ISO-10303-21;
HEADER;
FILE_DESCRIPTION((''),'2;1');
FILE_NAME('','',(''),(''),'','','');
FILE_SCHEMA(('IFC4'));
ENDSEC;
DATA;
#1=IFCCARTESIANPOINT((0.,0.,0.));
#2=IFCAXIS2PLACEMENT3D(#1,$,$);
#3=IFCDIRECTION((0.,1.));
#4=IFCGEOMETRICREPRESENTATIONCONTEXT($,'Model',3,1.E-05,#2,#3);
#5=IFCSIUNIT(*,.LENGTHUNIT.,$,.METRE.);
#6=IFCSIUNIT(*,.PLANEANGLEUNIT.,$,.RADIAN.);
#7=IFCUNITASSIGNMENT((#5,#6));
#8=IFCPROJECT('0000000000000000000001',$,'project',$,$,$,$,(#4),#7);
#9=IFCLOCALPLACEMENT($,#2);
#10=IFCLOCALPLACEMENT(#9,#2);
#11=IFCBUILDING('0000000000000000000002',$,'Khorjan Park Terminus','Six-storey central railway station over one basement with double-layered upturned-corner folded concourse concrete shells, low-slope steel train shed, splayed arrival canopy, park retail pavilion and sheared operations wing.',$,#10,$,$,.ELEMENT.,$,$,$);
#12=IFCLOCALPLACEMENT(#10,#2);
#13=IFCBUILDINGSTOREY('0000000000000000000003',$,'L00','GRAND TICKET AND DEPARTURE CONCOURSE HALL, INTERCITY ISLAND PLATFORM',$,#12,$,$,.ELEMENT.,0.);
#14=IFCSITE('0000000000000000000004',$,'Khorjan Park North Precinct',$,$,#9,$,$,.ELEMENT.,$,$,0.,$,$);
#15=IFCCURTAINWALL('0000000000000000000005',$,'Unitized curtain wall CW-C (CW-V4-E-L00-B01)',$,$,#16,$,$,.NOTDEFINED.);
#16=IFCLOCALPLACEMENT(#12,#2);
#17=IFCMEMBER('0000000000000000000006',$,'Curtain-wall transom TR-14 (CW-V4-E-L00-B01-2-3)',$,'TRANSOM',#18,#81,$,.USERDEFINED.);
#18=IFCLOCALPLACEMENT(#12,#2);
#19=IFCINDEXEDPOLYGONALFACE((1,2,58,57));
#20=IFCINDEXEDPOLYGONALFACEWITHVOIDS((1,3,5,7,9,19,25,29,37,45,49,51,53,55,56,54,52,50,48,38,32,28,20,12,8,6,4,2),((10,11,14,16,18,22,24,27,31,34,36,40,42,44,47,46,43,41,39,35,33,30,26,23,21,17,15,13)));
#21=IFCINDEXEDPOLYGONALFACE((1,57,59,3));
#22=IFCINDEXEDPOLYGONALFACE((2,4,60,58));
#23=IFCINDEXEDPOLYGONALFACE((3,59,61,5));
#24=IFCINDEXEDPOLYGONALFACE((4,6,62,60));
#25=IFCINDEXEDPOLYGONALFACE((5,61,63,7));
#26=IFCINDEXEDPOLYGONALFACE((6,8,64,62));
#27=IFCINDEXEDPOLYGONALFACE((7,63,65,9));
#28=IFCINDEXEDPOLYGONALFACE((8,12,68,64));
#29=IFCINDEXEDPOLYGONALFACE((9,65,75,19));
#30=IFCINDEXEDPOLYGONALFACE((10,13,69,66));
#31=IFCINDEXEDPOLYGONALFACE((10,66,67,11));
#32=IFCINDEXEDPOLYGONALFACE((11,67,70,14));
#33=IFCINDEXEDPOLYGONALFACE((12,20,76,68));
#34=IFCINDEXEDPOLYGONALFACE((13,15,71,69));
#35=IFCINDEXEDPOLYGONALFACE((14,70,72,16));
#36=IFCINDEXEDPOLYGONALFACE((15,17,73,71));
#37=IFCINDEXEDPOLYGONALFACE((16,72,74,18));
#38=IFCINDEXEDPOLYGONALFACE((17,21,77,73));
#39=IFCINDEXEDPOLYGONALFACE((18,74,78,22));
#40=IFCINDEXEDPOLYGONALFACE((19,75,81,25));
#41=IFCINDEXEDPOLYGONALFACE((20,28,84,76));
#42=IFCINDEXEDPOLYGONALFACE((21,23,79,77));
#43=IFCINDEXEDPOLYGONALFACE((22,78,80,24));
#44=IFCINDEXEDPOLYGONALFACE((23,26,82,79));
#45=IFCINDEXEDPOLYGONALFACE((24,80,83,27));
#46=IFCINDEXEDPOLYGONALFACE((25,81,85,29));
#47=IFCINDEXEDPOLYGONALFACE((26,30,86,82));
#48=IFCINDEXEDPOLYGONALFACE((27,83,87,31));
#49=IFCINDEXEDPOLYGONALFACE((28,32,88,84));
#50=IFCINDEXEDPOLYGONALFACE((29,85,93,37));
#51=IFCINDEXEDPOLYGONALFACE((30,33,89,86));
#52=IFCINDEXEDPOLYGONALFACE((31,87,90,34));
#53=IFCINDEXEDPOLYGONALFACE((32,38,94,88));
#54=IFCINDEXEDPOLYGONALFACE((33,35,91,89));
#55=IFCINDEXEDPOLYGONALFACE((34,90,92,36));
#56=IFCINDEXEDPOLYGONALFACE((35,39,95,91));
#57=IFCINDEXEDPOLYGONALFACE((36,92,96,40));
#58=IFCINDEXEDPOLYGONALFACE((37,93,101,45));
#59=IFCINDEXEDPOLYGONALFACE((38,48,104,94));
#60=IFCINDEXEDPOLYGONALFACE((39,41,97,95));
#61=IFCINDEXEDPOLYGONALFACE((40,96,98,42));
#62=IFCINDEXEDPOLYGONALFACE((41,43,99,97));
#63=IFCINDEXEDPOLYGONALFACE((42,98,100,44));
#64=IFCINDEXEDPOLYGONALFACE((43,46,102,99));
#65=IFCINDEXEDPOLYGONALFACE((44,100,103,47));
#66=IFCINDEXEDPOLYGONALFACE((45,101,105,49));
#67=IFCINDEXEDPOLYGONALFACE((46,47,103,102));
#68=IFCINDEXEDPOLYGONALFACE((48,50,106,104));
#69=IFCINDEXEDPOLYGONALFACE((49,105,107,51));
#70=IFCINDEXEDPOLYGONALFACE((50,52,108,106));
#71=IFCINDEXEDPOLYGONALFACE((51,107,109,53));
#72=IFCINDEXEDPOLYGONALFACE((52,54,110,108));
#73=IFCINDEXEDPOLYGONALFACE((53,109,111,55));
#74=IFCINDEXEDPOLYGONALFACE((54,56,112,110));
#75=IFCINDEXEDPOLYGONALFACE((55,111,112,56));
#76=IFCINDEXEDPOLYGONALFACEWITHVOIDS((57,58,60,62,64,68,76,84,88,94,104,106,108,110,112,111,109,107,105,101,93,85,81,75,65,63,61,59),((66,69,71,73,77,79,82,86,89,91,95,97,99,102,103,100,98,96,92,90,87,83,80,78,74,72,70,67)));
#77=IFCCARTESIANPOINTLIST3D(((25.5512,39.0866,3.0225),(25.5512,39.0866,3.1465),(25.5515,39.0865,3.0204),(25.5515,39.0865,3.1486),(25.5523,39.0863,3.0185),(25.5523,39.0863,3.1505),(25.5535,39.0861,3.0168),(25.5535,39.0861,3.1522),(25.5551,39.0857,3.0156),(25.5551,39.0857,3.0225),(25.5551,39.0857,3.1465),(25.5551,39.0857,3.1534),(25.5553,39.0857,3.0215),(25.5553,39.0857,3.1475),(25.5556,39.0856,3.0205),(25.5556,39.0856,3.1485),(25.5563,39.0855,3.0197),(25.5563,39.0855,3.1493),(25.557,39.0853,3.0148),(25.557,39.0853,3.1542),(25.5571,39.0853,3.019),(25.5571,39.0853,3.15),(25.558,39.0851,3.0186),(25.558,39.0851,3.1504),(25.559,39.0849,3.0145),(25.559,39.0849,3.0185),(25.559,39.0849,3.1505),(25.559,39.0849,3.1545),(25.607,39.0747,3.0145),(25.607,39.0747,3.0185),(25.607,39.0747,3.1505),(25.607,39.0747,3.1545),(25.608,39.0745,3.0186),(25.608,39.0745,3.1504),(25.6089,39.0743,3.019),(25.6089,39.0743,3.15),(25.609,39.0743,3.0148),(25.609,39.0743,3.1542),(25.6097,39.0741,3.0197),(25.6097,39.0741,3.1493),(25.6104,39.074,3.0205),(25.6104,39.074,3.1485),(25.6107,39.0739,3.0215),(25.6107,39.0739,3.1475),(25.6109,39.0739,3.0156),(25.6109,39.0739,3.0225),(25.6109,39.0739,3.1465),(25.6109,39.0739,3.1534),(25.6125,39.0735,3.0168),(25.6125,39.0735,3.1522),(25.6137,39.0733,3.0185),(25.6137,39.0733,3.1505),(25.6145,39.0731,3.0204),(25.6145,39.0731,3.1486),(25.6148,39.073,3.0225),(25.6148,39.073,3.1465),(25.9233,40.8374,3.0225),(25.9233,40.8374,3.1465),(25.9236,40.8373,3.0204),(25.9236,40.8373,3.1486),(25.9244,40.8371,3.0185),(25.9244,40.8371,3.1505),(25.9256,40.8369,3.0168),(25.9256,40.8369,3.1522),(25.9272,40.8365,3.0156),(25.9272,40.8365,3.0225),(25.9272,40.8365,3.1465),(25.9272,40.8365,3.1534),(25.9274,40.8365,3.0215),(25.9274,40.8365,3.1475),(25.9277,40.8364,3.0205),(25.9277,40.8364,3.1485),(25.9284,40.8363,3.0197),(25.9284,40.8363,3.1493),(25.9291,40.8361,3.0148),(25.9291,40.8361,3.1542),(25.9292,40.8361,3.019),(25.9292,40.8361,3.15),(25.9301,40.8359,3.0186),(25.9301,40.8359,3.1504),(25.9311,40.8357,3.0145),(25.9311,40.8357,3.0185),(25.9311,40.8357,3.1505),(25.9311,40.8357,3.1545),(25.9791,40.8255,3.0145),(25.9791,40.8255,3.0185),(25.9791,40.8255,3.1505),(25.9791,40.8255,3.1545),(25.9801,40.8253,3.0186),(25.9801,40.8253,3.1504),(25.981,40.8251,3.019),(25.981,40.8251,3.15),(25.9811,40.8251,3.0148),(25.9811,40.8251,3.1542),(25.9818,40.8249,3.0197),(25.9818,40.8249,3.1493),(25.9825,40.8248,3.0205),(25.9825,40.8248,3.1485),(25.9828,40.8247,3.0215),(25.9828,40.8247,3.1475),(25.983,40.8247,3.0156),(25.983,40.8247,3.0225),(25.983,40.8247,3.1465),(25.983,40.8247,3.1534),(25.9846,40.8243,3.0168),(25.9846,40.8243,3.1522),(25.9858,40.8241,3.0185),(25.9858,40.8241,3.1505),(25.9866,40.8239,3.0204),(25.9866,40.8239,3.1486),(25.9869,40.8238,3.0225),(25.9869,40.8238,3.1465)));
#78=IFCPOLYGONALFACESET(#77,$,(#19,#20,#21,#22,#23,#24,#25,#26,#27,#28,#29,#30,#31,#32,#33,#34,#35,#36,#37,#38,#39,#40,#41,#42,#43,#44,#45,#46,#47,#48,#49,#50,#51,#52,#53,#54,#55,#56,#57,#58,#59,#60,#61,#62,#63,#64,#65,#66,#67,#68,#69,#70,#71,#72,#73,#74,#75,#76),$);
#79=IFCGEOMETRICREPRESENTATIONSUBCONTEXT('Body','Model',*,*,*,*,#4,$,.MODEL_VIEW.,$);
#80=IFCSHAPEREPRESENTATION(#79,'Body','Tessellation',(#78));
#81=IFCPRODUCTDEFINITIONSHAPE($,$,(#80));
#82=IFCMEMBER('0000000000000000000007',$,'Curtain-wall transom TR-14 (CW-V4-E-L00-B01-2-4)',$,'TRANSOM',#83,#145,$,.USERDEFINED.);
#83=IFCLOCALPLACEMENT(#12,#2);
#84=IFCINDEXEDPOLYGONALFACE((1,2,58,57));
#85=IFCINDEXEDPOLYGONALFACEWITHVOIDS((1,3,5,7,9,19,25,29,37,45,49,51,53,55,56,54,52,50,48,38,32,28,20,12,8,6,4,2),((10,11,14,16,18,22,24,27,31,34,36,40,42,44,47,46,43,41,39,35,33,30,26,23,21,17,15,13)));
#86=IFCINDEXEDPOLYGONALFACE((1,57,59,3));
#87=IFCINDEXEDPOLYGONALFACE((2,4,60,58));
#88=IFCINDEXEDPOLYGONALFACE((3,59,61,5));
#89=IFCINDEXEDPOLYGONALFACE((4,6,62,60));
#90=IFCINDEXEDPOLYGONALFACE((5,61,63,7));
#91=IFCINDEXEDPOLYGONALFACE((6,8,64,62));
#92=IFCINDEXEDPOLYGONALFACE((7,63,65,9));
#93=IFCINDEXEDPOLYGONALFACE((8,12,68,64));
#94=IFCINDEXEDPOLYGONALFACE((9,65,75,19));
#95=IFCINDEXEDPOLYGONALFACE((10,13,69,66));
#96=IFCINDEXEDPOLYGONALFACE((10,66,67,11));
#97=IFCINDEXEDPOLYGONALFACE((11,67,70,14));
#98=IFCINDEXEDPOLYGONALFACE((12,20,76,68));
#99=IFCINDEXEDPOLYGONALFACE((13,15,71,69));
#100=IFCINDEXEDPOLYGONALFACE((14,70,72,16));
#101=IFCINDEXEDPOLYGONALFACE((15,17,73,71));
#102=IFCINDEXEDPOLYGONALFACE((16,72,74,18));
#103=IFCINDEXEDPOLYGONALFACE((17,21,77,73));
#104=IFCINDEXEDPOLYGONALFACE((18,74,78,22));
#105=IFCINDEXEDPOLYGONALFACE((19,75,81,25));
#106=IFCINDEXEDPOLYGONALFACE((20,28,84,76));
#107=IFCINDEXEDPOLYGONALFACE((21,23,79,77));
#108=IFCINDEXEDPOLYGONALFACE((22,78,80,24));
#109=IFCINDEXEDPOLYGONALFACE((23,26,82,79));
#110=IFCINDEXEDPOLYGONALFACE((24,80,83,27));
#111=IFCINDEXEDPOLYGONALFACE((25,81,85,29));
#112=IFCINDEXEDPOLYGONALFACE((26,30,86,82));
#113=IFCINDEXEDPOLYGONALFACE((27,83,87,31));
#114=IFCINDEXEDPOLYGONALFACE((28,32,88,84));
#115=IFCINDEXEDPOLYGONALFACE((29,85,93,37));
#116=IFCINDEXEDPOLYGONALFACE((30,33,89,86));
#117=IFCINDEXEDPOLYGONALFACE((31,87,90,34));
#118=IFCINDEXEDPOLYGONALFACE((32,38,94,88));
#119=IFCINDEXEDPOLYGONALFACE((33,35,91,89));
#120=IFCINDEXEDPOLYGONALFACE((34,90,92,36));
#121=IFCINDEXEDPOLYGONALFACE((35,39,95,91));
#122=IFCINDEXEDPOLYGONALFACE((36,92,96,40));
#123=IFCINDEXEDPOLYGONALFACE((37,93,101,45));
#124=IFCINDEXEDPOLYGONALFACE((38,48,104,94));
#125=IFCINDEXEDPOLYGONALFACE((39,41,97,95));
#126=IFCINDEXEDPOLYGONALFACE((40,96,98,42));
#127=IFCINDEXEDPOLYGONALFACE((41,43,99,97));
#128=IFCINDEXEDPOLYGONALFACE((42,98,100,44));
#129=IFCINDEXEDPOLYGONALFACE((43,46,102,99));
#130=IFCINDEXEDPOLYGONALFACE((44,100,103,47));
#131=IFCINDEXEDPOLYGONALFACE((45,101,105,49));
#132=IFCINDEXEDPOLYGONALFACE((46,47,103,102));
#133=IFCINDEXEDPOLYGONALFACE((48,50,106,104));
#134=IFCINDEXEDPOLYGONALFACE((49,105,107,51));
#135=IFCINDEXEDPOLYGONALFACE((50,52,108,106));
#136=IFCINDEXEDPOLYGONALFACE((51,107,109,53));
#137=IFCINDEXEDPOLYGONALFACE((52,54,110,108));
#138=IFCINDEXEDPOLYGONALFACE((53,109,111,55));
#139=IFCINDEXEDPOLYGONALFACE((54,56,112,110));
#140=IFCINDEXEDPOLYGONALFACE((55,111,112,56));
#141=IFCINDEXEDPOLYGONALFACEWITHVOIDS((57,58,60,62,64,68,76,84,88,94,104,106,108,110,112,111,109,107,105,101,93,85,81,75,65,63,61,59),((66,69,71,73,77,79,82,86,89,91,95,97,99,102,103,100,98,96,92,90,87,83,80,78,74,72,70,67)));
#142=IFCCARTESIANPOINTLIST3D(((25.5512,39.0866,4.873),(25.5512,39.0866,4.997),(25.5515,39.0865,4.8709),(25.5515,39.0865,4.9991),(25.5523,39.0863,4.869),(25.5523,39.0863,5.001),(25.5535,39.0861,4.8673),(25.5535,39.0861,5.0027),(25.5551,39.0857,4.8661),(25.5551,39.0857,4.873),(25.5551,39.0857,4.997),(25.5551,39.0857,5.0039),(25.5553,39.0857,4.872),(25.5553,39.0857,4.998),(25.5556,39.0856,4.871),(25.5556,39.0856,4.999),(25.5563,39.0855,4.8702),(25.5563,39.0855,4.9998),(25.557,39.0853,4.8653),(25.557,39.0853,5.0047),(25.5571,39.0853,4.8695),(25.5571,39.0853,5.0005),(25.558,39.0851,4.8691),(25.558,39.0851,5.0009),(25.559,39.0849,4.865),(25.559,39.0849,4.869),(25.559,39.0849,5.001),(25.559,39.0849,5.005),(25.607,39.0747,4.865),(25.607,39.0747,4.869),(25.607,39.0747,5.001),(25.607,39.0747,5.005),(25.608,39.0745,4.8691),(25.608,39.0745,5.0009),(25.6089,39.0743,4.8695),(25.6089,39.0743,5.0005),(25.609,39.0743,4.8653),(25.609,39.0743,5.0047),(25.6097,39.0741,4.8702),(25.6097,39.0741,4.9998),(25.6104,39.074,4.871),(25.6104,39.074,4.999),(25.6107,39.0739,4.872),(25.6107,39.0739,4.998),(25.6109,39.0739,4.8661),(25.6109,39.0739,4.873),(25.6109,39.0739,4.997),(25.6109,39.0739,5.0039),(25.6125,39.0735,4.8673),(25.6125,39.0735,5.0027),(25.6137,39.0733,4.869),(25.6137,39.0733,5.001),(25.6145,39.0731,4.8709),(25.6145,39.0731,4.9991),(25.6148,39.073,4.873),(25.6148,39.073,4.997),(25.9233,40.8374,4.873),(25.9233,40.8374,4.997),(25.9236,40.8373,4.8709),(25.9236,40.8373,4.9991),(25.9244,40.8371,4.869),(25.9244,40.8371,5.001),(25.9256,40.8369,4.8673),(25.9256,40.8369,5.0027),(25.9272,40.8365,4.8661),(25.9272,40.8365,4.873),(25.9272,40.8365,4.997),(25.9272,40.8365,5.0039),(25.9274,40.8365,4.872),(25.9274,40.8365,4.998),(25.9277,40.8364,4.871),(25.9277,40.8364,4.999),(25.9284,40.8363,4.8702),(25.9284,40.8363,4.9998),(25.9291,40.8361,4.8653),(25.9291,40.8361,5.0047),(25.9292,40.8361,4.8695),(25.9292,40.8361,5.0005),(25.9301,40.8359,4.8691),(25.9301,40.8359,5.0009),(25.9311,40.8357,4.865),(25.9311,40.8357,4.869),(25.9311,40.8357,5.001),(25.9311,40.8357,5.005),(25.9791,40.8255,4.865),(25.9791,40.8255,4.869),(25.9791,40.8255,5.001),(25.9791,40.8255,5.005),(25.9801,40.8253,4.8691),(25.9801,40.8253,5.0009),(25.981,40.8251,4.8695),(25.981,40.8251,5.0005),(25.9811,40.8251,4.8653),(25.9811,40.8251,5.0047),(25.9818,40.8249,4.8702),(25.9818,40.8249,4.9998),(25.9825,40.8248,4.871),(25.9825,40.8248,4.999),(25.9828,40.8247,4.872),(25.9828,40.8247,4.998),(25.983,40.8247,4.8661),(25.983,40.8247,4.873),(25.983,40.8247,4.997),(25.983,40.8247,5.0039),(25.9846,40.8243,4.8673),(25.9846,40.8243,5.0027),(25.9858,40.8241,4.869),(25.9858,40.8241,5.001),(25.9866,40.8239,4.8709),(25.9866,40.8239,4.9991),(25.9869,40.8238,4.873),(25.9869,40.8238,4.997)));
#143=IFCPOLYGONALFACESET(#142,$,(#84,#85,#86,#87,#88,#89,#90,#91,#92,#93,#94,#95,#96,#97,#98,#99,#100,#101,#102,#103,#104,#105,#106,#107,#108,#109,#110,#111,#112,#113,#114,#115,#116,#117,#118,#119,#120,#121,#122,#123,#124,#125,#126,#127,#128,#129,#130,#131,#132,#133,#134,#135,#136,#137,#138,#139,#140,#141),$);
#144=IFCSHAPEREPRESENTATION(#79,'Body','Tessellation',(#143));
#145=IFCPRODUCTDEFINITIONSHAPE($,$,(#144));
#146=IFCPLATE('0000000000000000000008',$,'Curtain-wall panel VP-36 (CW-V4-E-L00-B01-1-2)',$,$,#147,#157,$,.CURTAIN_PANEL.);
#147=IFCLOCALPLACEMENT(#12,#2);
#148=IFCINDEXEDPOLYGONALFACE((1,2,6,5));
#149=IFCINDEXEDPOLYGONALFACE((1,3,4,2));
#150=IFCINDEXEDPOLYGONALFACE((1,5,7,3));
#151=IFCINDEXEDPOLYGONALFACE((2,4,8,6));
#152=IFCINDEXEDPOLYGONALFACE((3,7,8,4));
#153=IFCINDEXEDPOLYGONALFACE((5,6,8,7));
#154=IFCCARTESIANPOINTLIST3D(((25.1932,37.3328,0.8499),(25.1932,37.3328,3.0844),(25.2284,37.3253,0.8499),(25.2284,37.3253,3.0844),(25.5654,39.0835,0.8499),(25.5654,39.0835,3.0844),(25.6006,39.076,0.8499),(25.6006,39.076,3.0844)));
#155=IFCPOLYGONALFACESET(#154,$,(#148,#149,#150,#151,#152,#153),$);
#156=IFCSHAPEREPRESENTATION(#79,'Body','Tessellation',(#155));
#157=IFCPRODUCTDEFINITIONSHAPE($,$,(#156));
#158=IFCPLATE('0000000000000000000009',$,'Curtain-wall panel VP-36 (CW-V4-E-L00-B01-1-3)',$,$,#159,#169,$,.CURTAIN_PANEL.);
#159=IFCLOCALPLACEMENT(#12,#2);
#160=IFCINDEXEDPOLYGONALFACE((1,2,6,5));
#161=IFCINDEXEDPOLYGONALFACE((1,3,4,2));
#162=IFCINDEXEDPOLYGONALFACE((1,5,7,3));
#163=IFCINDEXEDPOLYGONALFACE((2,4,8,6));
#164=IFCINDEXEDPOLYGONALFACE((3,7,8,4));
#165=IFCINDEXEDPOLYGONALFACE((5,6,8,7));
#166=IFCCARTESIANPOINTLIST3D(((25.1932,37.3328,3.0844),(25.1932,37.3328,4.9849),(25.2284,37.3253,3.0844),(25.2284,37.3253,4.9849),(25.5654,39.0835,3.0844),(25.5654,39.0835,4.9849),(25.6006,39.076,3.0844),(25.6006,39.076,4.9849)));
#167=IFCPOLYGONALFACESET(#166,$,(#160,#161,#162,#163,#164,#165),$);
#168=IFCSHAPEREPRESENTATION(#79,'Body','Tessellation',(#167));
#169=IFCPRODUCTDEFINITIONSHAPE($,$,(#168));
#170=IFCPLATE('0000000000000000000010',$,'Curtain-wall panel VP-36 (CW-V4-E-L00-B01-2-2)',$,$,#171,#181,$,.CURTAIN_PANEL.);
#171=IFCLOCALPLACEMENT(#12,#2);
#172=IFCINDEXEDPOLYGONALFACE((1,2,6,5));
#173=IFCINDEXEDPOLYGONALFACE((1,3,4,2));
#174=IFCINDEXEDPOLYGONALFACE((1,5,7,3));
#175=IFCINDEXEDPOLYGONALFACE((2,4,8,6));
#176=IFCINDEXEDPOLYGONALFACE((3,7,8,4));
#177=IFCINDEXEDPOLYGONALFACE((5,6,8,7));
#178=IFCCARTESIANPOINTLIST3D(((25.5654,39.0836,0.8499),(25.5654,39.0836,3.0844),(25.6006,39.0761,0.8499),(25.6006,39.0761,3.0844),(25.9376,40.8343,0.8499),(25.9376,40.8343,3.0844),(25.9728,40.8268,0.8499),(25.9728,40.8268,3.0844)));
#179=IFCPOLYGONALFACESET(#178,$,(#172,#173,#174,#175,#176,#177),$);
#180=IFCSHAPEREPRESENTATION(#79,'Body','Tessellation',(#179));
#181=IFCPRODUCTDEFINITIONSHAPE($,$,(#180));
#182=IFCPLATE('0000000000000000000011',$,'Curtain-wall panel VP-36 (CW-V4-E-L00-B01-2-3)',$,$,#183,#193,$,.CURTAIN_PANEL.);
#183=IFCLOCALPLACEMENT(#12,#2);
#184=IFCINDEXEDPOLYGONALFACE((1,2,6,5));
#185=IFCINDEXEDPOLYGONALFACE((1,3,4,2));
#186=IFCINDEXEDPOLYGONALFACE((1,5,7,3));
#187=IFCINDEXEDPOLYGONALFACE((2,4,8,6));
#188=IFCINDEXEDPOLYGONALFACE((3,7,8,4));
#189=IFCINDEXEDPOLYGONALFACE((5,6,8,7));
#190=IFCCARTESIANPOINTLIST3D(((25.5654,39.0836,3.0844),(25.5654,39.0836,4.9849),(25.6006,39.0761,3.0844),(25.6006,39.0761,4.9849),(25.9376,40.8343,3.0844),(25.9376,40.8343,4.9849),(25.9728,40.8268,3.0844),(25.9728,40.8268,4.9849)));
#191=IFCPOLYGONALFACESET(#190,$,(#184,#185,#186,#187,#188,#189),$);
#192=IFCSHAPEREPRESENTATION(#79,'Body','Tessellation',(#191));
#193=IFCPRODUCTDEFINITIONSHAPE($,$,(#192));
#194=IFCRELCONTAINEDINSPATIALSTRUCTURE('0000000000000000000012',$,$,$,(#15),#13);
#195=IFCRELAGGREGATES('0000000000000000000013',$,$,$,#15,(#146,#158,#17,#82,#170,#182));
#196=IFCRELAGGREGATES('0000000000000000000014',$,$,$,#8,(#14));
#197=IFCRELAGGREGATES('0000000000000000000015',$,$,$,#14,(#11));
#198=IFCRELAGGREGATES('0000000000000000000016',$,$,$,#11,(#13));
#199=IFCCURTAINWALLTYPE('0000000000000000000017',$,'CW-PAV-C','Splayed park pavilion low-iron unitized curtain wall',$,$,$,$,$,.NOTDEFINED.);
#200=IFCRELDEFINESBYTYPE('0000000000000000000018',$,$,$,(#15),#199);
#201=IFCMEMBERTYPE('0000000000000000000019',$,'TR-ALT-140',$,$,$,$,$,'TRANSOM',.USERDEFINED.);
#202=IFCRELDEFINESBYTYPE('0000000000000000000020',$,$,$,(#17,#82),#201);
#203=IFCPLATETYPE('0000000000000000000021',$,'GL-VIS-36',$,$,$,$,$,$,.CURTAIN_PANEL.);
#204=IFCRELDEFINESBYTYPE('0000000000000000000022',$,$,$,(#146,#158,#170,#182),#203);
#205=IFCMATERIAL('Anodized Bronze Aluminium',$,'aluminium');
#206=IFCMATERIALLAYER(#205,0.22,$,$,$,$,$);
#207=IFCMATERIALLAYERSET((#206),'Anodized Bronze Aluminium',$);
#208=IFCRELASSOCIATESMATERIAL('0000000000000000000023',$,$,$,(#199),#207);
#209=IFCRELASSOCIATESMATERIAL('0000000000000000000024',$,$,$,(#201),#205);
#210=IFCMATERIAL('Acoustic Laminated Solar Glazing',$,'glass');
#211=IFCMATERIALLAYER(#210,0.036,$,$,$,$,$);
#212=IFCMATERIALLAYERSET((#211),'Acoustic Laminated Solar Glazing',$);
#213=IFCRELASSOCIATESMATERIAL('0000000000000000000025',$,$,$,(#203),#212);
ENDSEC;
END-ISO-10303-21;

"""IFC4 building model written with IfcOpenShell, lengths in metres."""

from ifc_helpers import new_model, si_unit, direction, frame, origin, origin_2d, place, context, subcontext, project, spatial, rectangle, hollow_rectangle, extrude, material, layer, layer_set, material_profile, profile_set, type_object, element, aggregate, save


model = new_model("IFC4")

# Units and contexts
model_context = context("Model", 3, precision=1e-05, world=origin(), true_north=direction((0.0, 1.0)))
body_context = subcontext(model_context, "Body", "Model", "MODEL_VIEW")
ifc_project = project(units=[si_unit("LENGTHUNIT", "METRE"), si_unit("PLANEANGLEUNIT", "RADIAN")], contexts=[model_context])

# Site, building, storey
site_placement = place(None, origin())
site = spatial("IfcSite", under=ifc_project, at=site_placement, Name="Khorjan Park North Precinct", CompositionType="ELEMENT", RefElevation=0.0)
building_placement = place(site_placement, origin())
building = spatial("IfcBuilding", under=site, at=building_placement, Name="Khorjan Park Terminus", Description="Six-storey central railway station over one basement with double-layered upturned-corner folded concourse concrete shells, low-slope steel train shed, splayed arrival canopy, park retail pavilion and sheared operations wing.", CompositionType="ELEMENT")
storey_placement = place(building_placement, origin())
storey = spatial("IfcBuildingStorey", under=building, at=storey_placement, Name="L00", Description="GRAND TICKET AND DEPARTURE CONCOURSE HALL, INTERCITY ISLAND PLATFORM", CompositionType="ELEMENT", Elevation=0.0)

# Shared definitions
ifc_material_1 = material(Name="Anodized Bronze Aluminium", Category="aluminium")
ifc_layer_1 = layer(ifc_material_1, 0.22)
ifc_layer_set_1 = layer_set([ifc_layer_1], Name="Anodized Bronze Aluminium")
curtain_wall_type = type_object("IfcCurtainWallType", Name="CW-PAV-C", Description="Splayed park pavilion low-iron unitized curtain wall", PredefinedType="NOTDEFINED", material=ifc_layer_set_1)

# Curtain wall, members, plates
curtain_wall_1_placement = place(storey_placement, origin())
curtain_wall_1 = element("IfcCurtainWall", 1, at=curtain_wall_1_placement, inside=storey, type_object=curtain_wall_type, Name="Unitized curtain wall CW-C (CW-V4-E-L00-B01)", PredefinedType="NOTDEFINED")
ifc_material_profile_1 = material_profile(ifc_material_1, hollow_rectangle(XDim=0.065, YDim=0.14, WallThickness=0.004, InnerFilletRadius=0.004, OuterFilletRadius=0.008, at=origin_2d()), Name="ALT 65x140x4")
ifc_profile_set_1 = profile_set([ifc_material_profile_1], Name="Anodized Bronze Aluminium")
member_type_1 = type_object("IfcMemberType", Name="TR-ALT-140", ElementType="TRANSOM", PredefinedType="USERDEFINED", material=ifc_profile_set_1)
member_1_placement = place(storey_placement, frame((25.583, 39.0798, 3.0845), z_axis=(0.207888, 0.978153, 0.0), x_axis=(-0.978153, 0.207888, 0.0)))
member_1 = element("IfcMember", 2, at=member_1_placement, type_object=member_type_1, Name="Curtain-wall transom TR-14 (CW-V4-E-L00-B01-2-3)", ObjectType="TRANSOM", PredefinedType="USERDEFINED", context=body_context, shape_type="SweptSolid", body=[
    extrude(hollow_rectangle(XDim=0.065, YDim=0.14, WallThickness=0.004, InnerFilletRadius=0.004, OuterFilletRadius=0.008, at=origin_2d()), origin(), (0.0, 0.0, 1.0), 1.7899),
])
member_2_placement = place(storey_placement, frame((25.583, 39.0798, 4.935), z_axis=(0.207888, 0.978153, 0.0), x_axis=(-0.978153, 0.207888, 0.0)))
member_2 = element("IfcMember", 3, at=member_2_placement, type_object=member_type_1, Name="Curtain-wall transom TR-14 (CW-V4-E-L00-B01-2-4)", ObjectType="TRANSOM", PredefinedType="USERDEFINED", context=body_context, shape_type="SweptSolid", body=[
    extrude(hollow_rectangle(XDim=0.065, YDim=0.14, WallThickness=0.004, InnerFilletRadius=0.004, OuterFilletRadius=0.008, at=origin_2d()), origin(), (0.0, 0.0, 1.0), 1.7899),
])
ifc_material_2 = material(Name="Acoustic Laminated Solar Glazing", Category="glass")
ifc_layer_2 = layer(ifc_material_2, 0.036)
ifc_layer_set_2 = layer_set([ifc_layer_2], Name="Acoustic Laminated Solar Glazing")
plate_type_1 = type_object("IfcPlateType", Name="GL-VIS-36", PredefinedType="CURTAIN_PANEL", material=ifc_layer_set_2)
plate_1_placement = place(storey_placement, frame((25.3969, 38.2044, 0.8499), z_axis=(0.0, 0.0, 1.0), x_axis=(0.207917, 0.978147, 0.0)))
plate_1 = element("IfcPlate", 4, at=plate_1_placement, type_object=plate_type_1, Name="Curtain-wall panel VP-36 (CW-V4-E-L00-B01-1-2)", PredefinedType="CURTAIN_PANEL", context=body_context, shape_type="SweptSolid", body=[
    extrude(rectangle(XDim=1.7899, YDim=0.036, at=origin_2d()), origin(), (0.0, 0.0, 1.0), 2.2345),
])
plate_2_placement = place(storey_placement, frame((25.3969, 38.2044, 3.0844), z_axis=(0.0, 0.0, 1.0), x_axis=(0.207917, 0.978147, 0.0)))
plate_2 = element("IfcPlate", 5, at=plate_2_placement, type_object=plate_type_1, Name="Curtain-wall panel VP-36 (CW-V4-E-L00-B01-1-3)", PredefinedType="CURTAIN_PANEL", context=body_context, shape_type="SweptSolid", body=[
    extrude(rectangle(XDim=1.7899, YDim=0.036, at=origin_2d()), origin(), (0.0, 0.0, 1.0), 1.9005),
])
plate_3_placement = place(storey_placement, frame((25.7691, 39.9552, 0.8499), z_axis=(0.0, 0.0, 1.0), x_axis=(0.207917, 0.978147, 0.0)))
plate_3 = element("IfcPlate", 6, at=plate_3_placement, type_object=plate_type_1, Name="Curtain-wall panel VP-36 (CW-V4-E-L00-B01-2-2)", PredefinedType="CURTAIN_PANEL", context=body_context, shape_type="SweptSolid", body=[
    extrude(rectangle(XDim=1.7899, YDim=0.036, at=origin_2d()), origin(), (0.0, 0.0, 1.0), 2.2345),
])
plate_4_placement = place(storey_placement, frame((25.7691, 39.9552, 3.0844), z_axis=(0.0, 0.0, 1.0), x_axis=(0.207917, 0.978147, 0.0)))
plate_4 = element("IfcPlate", 7, at=plate_4_placement, type_object=plate_type_1, Name="Curtain-wall panel VP-36 (CW-V4-E-L00-B01-2-3)", PredefinedType="CURTAIN_PANEL", context=body_context, shape_type="SweptSolid", body=[
    extrude(rectangle(XDim=1.7899, YDim=0.036, at=origin_2d()), origin(), (0.0, 0.0, 1.0), 1.9005),
])
aggregate(curtain_wall_1, [plate_1, plate_2, member_1, member_2, plate_3, plate_4])

save(model, "model.ifc")
